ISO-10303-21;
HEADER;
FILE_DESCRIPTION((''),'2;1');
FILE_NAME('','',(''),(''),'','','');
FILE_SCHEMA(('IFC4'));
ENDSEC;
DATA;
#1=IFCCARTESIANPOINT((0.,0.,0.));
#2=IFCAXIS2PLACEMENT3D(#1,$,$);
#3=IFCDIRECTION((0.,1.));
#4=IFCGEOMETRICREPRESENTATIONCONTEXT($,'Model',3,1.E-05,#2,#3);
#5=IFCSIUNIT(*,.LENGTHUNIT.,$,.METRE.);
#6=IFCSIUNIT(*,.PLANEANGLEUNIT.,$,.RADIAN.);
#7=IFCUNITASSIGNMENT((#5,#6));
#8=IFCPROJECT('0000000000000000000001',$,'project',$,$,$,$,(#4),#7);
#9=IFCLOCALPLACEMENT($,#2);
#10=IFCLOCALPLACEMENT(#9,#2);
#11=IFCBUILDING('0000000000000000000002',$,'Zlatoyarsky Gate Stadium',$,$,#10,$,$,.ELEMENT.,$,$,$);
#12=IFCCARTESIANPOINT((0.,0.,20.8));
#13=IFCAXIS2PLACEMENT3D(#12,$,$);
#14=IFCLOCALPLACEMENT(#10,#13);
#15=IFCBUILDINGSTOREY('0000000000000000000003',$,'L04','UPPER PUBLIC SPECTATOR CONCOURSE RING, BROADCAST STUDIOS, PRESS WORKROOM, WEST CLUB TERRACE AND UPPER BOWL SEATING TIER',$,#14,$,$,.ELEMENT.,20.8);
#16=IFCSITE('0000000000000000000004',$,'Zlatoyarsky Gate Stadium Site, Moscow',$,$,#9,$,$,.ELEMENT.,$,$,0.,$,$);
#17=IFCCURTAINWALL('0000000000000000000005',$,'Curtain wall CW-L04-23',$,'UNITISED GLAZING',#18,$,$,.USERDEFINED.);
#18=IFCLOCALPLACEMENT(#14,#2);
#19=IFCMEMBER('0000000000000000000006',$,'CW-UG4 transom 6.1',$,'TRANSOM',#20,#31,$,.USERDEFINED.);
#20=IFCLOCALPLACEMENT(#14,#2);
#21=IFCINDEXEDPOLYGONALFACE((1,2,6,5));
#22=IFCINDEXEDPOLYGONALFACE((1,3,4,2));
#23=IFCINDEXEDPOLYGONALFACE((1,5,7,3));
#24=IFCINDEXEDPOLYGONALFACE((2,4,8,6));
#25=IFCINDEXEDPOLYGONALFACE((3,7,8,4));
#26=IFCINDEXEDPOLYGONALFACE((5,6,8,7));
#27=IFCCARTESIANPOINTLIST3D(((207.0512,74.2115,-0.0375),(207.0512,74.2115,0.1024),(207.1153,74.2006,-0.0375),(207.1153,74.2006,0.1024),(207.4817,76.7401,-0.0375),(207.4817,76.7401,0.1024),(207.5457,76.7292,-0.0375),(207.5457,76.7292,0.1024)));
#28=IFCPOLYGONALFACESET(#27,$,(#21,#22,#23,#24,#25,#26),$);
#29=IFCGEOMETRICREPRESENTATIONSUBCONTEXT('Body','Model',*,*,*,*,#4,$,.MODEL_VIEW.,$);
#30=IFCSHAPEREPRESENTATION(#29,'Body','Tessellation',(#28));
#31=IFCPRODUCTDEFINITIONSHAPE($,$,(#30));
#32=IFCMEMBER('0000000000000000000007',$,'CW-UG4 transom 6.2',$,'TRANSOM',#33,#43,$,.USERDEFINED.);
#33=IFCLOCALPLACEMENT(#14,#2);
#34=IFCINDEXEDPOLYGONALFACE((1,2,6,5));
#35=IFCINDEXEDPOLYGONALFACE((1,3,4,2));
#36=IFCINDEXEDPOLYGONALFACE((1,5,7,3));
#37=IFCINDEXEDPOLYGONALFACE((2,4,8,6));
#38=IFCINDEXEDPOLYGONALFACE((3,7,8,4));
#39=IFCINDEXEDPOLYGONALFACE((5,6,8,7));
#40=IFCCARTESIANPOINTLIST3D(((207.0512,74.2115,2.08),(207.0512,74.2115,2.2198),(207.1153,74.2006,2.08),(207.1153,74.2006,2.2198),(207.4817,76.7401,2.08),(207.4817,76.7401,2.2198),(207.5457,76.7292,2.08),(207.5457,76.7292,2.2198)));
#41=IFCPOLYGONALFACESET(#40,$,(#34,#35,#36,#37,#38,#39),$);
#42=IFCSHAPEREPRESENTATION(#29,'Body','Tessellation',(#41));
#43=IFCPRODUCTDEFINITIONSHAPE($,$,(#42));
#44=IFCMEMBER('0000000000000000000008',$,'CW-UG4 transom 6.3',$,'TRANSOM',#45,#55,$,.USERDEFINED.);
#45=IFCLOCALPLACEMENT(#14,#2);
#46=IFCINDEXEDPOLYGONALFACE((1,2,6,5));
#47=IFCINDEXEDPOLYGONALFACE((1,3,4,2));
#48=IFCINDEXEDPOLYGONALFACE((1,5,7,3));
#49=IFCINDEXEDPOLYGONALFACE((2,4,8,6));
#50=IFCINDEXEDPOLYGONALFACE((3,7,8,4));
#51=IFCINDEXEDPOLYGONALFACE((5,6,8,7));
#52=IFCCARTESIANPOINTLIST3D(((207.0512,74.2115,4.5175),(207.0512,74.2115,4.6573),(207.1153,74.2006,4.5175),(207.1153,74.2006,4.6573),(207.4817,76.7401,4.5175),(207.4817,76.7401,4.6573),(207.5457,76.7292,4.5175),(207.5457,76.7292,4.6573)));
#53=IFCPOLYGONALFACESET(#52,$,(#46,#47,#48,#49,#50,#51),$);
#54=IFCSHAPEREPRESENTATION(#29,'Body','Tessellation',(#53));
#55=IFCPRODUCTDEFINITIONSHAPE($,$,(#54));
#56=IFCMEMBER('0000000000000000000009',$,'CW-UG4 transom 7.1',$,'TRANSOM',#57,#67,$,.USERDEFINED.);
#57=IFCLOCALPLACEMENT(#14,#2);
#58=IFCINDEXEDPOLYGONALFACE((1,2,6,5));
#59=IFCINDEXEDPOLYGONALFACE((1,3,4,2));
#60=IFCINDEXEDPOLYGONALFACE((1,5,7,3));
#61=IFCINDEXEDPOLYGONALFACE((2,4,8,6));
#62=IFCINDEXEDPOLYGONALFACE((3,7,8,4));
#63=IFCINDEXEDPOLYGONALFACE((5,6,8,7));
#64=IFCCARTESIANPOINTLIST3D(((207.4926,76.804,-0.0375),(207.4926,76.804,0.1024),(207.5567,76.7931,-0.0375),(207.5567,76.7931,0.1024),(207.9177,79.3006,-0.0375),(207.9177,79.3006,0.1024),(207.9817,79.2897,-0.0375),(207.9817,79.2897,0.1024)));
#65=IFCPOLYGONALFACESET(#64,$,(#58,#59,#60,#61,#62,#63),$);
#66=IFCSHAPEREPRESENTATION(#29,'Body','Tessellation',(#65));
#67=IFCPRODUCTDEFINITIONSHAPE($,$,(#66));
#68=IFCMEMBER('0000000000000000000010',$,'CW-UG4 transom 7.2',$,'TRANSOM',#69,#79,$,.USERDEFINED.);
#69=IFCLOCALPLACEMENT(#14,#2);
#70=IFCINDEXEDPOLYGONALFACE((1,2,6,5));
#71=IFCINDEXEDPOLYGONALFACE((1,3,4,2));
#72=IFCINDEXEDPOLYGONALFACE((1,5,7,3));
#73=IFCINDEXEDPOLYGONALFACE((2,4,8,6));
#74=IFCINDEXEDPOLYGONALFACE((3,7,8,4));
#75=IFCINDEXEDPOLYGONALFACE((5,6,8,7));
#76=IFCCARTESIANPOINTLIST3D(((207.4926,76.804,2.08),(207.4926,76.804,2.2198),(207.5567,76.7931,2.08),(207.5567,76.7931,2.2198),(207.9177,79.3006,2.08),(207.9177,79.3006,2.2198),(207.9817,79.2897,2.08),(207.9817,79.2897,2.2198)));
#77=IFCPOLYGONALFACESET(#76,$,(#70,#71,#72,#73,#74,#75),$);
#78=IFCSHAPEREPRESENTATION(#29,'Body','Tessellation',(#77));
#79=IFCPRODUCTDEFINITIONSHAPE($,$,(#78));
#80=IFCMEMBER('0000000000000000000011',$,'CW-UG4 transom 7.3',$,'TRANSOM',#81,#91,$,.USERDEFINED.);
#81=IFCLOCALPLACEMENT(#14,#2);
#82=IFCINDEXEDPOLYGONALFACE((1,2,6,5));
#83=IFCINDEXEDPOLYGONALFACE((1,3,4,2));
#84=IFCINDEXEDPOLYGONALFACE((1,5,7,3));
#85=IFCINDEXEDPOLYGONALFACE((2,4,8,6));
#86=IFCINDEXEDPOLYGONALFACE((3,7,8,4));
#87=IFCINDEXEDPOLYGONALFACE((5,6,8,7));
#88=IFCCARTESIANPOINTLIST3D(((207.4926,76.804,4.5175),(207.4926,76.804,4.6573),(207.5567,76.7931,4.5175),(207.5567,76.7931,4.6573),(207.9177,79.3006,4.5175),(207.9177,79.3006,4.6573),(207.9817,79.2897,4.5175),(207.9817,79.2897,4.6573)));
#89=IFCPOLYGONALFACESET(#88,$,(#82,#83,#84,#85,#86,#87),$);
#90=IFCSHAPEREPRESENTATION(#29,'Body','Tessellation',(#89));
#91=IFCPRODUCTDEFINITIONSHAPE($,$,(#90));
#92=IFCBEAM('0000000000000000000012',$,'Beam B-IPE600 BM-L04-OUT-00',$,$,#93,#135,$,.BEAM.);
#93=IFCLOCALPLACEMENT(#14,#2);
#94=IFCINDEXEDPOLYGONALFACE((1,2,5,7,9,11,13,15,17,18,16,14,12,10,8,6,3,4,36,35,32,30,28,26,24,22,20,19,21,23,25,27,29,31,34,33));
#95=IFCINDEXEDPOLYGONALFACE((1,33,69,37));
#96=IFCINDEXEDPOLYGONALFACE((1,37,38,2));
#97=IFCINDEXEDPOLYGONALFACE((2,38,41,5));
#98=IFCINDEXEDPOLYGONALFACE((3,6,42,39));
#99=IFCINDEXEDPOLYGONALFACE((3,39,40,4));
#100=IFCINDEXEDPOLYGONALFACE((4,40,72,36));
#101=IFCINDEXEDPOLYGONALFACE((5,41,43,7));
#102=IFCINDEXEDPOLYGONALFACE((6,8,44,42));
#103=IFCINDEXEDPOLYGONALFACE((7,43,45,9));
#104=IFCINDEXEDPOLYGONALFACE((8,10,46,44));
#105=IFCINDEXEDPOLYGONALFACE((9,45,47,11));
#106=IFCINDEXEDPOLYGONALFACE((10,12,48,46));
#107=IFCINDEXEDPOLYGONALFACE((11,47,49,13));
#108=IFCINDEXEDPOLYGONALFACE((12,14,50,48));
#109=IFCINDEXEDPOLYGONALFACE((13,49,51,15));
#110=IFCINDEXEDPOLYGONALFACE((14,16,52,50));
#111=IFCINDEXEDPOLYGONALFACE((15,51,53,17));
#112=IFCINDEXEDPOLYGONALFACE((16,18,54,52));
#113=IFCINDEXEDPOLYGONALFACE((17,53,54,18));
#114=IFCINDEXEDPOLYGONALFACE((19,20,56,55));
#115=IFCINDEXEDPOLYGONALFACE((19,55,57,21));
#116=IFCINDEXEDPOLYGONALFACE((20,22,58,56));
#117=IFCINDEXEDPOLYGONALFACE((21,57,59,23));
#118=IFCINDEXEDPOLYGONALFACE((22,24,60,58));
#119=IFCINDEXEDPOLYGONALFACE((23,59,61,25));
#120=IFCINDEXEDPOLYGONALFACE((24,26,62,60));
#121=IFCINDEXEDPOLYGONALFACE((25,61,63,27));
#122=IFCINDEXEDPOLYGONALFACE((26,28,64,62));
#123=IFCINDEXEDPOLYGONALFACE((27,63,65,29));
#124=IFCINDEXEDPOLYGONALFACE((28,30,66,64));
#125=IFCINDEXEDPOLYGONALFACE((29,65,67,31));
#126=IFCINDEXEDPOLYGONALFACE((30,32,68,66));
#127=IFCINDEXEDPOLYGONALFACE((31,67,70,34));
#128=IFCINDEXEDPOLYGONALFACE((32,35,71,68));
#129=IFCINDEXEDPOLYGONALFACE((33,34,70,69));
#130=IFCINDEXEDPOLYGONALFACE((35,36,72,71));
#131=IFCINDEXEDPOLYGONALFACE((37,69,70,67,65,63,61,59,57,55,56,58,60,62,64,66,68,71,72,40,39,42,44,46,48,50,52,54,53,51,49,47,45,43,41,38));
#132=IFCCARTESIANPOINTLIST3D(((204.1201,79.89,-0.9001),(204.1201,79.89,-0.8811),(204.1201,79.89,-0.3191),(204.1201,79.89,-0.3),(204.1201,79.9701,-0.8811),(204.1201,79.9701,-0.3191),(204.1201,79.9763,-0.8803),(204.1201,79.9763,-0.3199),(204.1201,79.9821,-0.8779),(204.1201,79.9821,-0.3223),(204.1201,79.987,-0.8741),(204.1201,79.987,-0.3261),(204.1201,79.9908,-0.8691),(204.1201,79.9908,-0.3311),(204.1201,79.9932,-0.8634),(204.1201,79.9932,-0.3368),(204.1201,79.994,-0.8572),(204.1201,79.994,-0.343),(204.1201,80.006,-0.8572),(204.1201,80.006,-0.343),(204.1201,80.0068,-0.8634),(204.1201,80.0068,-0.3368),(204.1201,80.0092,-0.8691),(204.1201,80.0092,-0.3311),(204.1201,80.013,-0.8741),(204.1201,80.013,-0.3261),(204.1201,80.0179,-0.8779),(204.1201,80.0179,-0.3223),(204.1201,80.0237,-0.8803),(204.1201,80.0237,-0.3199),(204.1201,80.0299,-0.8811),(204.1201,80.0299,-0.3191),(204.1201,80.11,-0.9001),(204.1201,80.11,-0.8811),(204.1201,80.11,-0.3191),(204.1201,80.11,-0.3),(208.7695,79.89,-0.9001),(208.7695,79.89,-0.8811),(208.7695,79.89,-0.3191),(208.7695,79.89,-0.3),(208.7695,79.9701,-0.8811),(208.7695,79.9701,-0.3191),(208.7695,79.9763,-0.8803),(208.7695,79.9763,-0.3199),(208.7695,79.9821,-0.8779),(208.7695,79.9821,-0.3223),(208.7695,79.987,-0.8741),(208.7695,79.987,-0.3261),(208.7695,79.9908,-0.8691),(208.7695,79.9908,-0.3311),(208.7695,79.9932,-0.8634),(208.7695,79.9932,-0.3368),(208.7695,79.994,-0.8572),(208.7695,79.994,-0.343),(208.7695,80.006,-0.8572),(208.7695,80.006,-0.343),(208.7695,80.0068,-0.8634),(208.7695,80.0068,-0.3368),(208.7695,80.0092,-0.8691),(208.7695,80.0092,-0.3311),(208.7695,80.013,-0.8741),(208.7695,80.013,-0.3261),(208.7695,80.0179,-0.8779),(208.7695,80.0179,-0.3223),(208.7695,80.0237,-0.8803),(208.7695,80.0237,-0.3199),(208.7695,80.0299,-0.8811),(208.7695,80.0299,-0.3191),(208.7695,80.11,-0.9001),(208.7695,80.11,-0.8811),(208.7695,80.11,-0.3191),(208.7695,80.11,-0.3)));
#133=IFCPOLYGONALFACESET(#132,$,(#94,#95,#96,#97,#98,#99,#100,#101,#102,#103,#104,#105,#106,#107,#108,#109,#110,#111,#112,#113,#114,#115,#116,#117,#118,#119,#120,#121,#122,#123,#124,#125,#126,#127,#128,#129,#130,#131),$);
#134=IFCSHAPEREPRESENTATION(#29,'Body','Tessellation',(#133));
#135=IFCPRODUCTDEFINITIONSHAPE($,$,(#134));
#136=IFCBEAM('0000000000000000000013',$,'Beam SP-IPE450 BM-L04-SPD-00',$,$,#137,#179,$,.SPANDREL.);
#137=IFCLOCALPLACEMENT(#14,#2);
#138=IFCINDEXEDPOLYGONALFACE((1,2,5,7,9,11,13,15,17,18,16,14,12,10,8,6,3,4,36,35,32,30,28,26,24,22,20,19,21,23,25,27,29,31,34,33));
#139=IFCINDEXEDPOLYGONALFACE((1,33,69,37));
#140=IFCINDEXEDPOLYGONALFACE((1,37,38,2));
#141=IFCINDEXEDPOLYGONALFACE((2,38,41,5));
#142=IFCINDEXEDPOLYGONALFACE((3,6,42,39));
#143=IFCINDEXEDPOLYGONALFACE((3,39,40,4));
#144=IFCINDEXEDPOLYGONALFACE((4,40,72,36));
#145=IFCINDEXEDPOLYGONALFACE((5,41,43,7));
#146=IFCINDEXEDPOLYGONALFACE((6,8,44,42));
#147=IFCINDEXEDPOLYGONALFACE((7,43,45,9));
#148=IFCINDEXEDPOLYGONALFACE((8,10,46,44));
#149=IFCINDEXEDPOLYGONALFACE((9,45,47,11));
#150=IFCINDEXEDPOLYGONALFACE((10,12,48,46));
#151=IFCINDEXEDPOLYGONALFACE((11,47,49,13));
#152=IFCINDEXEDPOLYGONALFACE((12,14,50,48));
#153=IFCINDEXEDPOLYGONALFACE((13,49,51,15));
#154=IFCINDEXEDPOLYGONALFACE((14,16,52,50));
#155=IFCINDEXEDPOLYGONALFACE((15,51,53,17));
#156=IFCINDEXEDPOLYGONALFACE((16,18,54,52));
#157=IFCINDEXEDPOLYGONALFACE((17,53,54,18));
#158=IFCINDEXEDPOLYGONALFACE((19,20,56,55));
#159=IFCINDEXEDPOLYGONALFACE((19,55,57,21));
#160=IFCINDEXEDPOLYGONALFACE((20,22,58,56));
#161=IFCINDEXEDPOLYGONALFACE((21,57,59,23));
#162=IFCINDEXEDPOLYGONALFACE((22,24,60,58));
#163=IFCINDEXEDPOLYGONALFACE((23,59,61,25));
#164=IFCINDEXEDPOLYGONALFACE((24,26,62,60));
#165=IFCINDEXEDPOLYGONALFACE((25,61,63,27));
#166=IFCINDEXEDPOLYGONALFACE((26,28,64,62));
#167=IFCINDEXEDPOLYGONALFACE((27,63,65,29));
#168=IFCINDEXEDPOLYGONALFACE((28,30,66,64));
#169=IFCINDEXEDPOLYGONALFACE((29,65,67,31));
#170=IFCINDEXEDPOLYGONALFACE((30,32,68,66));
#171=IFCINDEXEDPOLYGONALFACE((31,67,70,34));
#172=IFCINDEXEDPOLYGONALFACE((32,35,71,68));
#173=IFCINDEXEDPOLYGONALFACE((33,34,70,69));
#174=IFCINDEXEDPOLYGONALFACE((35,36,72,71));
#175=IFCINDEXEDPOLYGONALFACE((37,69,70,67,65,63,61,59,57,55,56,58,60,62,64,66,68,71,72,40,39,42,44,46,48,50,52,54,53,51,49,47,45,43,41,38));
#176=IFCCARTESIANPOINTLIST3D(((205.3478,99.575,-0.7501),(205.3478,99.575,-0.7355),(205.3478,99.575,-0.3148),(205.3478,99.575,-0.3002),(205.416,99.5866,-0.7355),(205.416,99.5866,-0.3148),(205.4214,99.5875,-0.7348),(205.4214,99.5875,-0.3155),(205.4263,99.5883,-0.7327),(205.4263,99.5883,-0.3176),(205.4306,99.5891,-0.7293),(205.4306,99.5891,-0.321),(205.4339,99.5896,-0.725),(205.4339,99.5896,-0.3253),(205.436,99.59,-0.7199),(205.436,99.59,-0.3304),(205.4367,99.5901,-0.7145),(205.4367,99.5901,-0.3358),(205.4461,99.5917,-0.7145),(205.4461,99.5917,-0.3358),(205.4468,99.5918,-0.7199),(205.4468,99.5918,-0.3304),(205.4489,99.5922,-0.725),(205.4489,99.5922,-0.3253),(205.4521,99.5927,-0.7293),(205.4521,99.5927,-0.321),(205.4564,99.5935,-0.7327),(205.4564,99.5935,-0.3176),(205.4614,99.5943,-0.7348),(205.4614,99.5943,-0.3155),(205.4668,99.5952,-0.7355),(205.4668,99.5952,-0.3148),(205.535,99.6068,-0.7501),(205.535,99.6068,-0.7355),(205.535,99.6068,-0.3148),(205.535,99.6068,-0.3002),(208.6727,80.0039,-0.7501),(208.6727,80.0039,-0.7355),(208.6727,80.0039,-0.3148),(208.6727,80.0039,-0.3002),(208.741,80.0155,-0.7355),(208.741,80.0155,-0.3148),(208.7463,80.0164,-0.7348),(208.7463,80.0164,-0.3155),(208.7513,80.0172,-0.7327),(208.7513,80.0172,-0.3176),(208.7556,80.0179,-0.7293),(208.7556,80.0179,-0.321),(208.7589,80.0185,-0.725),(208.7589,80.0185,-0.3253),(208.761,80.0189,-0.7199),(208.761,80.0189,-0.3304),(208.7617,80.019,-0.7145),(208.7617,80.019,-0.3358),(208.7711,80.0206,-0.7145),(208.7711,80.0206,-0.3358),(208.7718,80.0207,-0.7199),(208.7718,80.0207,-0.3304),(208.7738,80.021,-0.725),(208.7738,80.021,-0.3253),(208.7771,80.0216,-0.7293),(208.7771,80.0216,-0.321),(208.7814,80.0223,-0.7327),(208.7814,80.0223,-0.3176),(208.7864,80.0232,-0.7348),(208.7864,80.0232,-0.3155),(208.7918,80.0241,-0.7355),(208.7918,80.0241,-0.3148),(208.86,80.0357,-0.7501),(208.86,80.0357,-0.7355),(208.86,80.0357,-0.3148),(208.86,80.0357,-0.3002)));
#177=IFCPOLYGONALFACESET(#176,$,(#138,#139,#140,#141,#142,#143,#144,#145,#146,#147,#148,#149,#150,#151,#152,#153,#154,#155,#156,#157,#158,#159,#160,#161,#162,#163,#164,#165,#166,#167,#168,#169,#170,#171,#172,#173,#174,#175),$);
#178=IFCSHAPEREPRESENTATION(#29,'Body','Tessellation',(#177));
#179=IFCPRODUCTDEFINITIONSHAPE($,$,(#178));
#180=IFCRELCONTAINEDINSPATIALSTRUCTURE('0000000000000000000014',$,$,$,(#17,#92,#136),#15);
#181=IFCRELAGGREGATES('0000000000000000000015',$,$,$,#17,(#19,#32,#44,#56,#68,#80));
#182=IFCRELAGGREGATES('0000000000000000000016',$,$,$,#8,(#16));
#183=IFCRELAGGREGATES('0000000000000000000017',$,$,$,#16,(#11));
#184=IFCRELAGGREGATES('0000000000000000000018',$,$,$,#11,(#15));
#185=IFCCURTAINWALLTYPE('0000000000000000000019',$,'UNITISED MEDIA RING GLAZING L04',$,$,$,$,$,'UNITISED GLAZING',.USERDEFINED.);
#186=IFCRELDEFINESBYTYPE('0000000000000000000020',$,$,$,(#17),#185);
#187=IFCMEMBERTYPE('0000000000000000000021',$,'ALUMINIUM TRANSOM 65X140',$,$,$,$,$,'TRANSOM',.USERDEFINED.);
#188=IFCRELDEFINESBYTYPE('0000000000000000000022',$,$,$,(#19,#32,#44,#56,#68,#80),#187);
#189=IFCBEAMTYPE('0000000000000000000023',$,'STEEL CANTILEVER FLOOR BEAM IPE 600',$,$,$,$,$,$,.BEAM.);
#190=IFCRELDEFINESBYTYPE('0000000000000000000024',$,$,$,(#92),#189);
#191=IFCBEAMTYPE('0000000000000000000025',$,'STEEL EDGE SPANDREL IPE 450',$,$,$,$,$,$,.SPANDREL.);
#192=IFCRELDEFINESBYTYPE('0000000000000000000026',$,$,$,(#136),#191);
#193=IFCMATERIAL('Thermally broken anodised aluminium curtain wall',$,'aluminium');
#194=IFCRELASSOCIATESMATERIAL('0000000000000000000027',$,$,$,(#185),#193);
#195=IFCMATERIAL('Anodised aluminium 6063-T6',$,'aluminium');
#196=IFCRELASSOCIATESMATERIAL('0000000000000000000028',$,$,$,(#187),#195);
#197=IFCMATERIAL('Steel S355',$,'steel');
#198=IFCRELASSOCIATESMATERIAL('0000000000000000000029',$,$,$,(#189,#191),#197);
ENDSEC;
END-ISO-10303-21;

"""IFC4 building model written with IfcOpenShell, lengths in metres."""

from ifc_helpers import new_model, si_unit, direction, frame, origin, origin_2d, place, context, subcontext, project, spatial, rectangle, i_section, extrude, material, material_profile, profile_set, type_object, element, aggregate, save


model = new_model("IFC4")

# Units and contexts
model_context = context("Model", 3, precision=1e-05, world=origin(), true_north=direction((0.0, 1.0)))
body_context = subcontext(model_context, "Body", "Model", "MODEL_VIEW")
ifc_project = project(units=[si_unit("LENGTHUNIT", "METRE"), si_unit("PLANEANGLEUNIT", "RADIAN")], contexts=[model_context])

# Site, building, storey
site_placement = place(None, origin())
site = spatial("IfcSite", under=ifc_project, at=site_placement, Name="Zlatoyarsky Gate Stadium Site, Moscow", CompositionType="ELEMENT", RefElevation=0.0)
building_placement = place(site_placement, origin())
building = spatial("IfcBuilding", under=site, at=building_placement, Name="Zlatoyarsky Gate Stadium", CompositionType="ELEMENT")
storey_placement = place(building_placement, frame((0.0, 0.0, 20.8)))
storey = spatial("IfcBuildingStorey", under=building, at=storey_placement, Name="L04", Description="UPPER PUBLIC SPECTATOR CONCOURSE RING, BROADCAST STUDIOS, PRESS WORKROOM, WEST CLUB TERRACE AND UPPER BOWL SEATING TIER", CompositionType="ELEMENT", Elevation=20.8)

# Shared definitions
ifc_material_1 = material(Name="Steel S355", Category="steel")

# Curtain wall, members
ifc_material_2 = material(Name="Thermally broken anodised aluminium curtain wall", Category="aluminium")
curtain_wall_type = type_object("IfcCurtainWallType", Name="UNITISED MEDIA RING GLAZING L04", ElementType="UNITISED GLAZING", PredefinedType="USERDEFINED", material=ifc_material_2)
curtain_wall_placement = place(storey_placement, origin())
curtain_wall = element("IfcCurtainWall", 1, at=curtain_wall_placement, inside=storey, type_object=curtain_wall_type, Name="Curtain wall CW-L04-23", ObjectType="UNITISED GLAZING", PredefinedType="USERDEFINED")
ifc_material_3 = material(Name="Anodised aluminium 6063-T6", Category="aluminium")
ifc_material_profile_1 = material_profile(ifc_material_3, rectangle(XDim=0.0649, YDim=0.1399, at=origin_2d()), Name="ALU 65X140")
ifc_profile_set_1 = profile_set([ifc_material_profile_1], Name="Anodised aluminium 6063-T6")
member_type_1 = type_object("IfcMemberType", Name="ALUMINIUM TRANSOM 65X140", ElementType="TRANSOM", PredefinedType="USERDEFINED", material=ifc_profile_set_1)
member_1_placement = place(storey_placement, frame((207.0833, 74.2061, 0.0325), z_axis=(0.167809, 0.985819, 0.0), x_axis=(-0.985819, 0.167809, 0.0)))
member_1 = element("IfcMember", 2, at=member_1_placement, type_object=member_type_1, Name="CW-UG4 transom 6.1", ObjectType="TRANSOM", PredefinedType="USERDEFINED", context=body_context, shape_type="SweptSolid", body=[
    extrude(rectangle(XDim=0.0649, YDim=0.1399, at=origin_2d()), origin(), (0.0, 0.0, 1.0), 2.5649),
])
member_2_placement = place(storey_placement, frame((207.0833, 74.2061, 2.1499), z_axis=(0.167809, 0.985819, 0.0), x_axis=(-0.985819, 0.167809, 0.0)))
member_2 = element("IfcMember", 3, at=member_2_placement, type_object=member_type_1, Name="CW-UG4 transom 6.2", ObjectType="TRANSOM", PredefinedType="USERDEFINED", context=body_context, shape_type="SweptSolid", body=[
    extrude(rectangle(XDim=0.0649, YDim=0.1399, at=origin_2d()), origin(), (0.0, 0.0, 1.0), 2.5649),
])
member_3_placement = place(storey_placement, frame((207.0833, 74.2061, 4.5874), z_axis=(0.167809, 0.985819, 0.0), x_axis=(-0.985819, 0.167809, 0.0)))
member_3 = element("IfcMember", 4, at=member_3_placement, type_object=member_type_1, Name="CW-UG4 transom 6.3", ObjectType="TRANSOM", PredefinedType="USERDEFINED", context=body_context, shape_type="SweptSolid", body=[
    extrude(rectangle(XDim=0.0649, YDim=0.1399, at=origin_2d()), origin(), (0.0, 0.0, 1.0), 2.5649),
])
member_4_placement = place(storey_placement, frame((207.5247, 76.7986, 0.0325), z_axis=(0.167837, 0.985815, 0.0), x_axis=(-0.985815, 0.167837, 0.0)))
member_4 = element("IfcMember", 5, at=member_4_placement, type_object=member_type_1, Name="CW-UG4 transom 7.1", ObjectType="TRANSOM", PredefinedType="USERDEFINED", context=body_context, shape_type="SweptSolid", body=[
    extrude(rectangle(XDim=0.0649, YDim=0.1399, at=origin_2d()), origin(), (0.0, 0.0, 1.0), 2.5325),
])
member_5_placement = place(storey_placement, frame((207.5247, 76.7986, 2.1499), z_axis=(0.167837, 0.985815, 0.0), x_axis=(-0.985815, 0.167837, 0.0)))
member_5 = element("IfcMember", 6, at=member_5_placement, type_object=member_type_1, Name="CW-UG4 transom 7.2", ObjectType="TRANSOM", PredefinedType="USERDEFINED", context=body_context, shape_type="SweptSolid", body=[
    extrude(rectangle(XDim=0.0649, YDim=0.1399, at=origin_2d()), origin(), (0.0, 0.0, 1.0), 2.5325),
])
member_6_placement = place(storey_placement, frame((207.5247, 76.7986, 4.5874), z_axis=(0.167837, 0.985815, 0.0), x_axis=(-0.985815, 0.167837, 0.0)))
member_6 = element("IfcMember", 7, at=member_6_placement, type_object=member_type_1, Name="CW-UG4 transom 7.3", ObjectType="TRANSOM", PredefinedType="USERDEFINED", context=body_context, shape_type="SweptSolid", body=[
    extrude(rectangle(XDim=0.0649, YDim=0.1399, at=origin_2d()), origin(), (0.0, 0.0, 1.0), 2.5325),
])

# Beams
ifc_material_profile_2 = material_profile(ifc_material_1, i_section(OverallWidth=0.22, OverallDepth=0.6001, WebThickness=0.012, FlangeThickness=0.019, FilletRadius=0.0239, at=origin_2d()), Name="IPE 600")
ifc_profile_set_2 = profile_set([ifc_material_profile_2], Name="Steel S355")
beam_type_1 = type_object("IfcBeamType", Name="STEEL CANTILEVER FLOOR BEAM IPE 600", PredefinedType="BEAM", material=ifc_profile_set_2)
beam_1_placement = place(storey_placement, frame((204.1201, 80.0, -0.6001), z_axis=(1.0, 0.0, 0.0), x_axis=(0.0, 1.0, 0.0)))
element("IfcBeam", 8, at=beam_1_placement, inside=storey, type_object=beam_type_1, Name="Beam B-IPE600 BM-L04-OUT-00", PredefinedType="BEAM", context=body_context, shape_type="SweptSolid", body=[
    extrude(i_section(OverallWidth=0.22, OverallDepth=0.6001, WebThickness=0.012, FlangeThickness=0.019, FilletRadius=0.0239, at=origin_2d()), origin(), (0.0, 0.0, 1.0), 4.6494),
])
ifc_material_profile_3 = material_profile(ifc_material_1, i_section(OverallWidth=0.1899, OverallDepth=0.45, WebThickness=0.0095, FlangeThickness=0.0146, FilletRadius=0.021, at=origin_2d()), Name="IPE 450")
ifc_profile_set_3 = profile_set([ifc_material_profile_3], Name="Steel S355")
beam_type_2 = type_object("IfcBeamType", Name="STEEL EDGE SPANDREL IPE 450", PredefinedType="SPANDREL", material=ifc_profile_set_3)
beam_2_placement = place(storey_placement, frame((208.7664, 80.0198, -0.5251), z_axis=(-0.167491, 0.985874, 0.0), x_axis=(-0.985874, -0.167491, 0.0)))
element("IfcBeam", 9, at=beam_2_placement, inside=storey, type_object=beam_type_2, Name="Beam SP-IPE450 BM-L04-SPD-00", PredefinedType="SPANDREL", context=body_context, shape_type="SweptSolid", body=[
    extrude(i_section(OverallWidth=0.1899, OverallDepth=0.45, WebThickness=0.0095, FlangeThickness=0.0146, FilletRadius=0.021, at=origin_2d()), origin(), (0.0, 0.0, 1.0), 19.8516),
])

aggregate(curtain_wall, [member_1, member_2, member_3, member_4, member_5, member_6])

save(model, "model.ifc")
